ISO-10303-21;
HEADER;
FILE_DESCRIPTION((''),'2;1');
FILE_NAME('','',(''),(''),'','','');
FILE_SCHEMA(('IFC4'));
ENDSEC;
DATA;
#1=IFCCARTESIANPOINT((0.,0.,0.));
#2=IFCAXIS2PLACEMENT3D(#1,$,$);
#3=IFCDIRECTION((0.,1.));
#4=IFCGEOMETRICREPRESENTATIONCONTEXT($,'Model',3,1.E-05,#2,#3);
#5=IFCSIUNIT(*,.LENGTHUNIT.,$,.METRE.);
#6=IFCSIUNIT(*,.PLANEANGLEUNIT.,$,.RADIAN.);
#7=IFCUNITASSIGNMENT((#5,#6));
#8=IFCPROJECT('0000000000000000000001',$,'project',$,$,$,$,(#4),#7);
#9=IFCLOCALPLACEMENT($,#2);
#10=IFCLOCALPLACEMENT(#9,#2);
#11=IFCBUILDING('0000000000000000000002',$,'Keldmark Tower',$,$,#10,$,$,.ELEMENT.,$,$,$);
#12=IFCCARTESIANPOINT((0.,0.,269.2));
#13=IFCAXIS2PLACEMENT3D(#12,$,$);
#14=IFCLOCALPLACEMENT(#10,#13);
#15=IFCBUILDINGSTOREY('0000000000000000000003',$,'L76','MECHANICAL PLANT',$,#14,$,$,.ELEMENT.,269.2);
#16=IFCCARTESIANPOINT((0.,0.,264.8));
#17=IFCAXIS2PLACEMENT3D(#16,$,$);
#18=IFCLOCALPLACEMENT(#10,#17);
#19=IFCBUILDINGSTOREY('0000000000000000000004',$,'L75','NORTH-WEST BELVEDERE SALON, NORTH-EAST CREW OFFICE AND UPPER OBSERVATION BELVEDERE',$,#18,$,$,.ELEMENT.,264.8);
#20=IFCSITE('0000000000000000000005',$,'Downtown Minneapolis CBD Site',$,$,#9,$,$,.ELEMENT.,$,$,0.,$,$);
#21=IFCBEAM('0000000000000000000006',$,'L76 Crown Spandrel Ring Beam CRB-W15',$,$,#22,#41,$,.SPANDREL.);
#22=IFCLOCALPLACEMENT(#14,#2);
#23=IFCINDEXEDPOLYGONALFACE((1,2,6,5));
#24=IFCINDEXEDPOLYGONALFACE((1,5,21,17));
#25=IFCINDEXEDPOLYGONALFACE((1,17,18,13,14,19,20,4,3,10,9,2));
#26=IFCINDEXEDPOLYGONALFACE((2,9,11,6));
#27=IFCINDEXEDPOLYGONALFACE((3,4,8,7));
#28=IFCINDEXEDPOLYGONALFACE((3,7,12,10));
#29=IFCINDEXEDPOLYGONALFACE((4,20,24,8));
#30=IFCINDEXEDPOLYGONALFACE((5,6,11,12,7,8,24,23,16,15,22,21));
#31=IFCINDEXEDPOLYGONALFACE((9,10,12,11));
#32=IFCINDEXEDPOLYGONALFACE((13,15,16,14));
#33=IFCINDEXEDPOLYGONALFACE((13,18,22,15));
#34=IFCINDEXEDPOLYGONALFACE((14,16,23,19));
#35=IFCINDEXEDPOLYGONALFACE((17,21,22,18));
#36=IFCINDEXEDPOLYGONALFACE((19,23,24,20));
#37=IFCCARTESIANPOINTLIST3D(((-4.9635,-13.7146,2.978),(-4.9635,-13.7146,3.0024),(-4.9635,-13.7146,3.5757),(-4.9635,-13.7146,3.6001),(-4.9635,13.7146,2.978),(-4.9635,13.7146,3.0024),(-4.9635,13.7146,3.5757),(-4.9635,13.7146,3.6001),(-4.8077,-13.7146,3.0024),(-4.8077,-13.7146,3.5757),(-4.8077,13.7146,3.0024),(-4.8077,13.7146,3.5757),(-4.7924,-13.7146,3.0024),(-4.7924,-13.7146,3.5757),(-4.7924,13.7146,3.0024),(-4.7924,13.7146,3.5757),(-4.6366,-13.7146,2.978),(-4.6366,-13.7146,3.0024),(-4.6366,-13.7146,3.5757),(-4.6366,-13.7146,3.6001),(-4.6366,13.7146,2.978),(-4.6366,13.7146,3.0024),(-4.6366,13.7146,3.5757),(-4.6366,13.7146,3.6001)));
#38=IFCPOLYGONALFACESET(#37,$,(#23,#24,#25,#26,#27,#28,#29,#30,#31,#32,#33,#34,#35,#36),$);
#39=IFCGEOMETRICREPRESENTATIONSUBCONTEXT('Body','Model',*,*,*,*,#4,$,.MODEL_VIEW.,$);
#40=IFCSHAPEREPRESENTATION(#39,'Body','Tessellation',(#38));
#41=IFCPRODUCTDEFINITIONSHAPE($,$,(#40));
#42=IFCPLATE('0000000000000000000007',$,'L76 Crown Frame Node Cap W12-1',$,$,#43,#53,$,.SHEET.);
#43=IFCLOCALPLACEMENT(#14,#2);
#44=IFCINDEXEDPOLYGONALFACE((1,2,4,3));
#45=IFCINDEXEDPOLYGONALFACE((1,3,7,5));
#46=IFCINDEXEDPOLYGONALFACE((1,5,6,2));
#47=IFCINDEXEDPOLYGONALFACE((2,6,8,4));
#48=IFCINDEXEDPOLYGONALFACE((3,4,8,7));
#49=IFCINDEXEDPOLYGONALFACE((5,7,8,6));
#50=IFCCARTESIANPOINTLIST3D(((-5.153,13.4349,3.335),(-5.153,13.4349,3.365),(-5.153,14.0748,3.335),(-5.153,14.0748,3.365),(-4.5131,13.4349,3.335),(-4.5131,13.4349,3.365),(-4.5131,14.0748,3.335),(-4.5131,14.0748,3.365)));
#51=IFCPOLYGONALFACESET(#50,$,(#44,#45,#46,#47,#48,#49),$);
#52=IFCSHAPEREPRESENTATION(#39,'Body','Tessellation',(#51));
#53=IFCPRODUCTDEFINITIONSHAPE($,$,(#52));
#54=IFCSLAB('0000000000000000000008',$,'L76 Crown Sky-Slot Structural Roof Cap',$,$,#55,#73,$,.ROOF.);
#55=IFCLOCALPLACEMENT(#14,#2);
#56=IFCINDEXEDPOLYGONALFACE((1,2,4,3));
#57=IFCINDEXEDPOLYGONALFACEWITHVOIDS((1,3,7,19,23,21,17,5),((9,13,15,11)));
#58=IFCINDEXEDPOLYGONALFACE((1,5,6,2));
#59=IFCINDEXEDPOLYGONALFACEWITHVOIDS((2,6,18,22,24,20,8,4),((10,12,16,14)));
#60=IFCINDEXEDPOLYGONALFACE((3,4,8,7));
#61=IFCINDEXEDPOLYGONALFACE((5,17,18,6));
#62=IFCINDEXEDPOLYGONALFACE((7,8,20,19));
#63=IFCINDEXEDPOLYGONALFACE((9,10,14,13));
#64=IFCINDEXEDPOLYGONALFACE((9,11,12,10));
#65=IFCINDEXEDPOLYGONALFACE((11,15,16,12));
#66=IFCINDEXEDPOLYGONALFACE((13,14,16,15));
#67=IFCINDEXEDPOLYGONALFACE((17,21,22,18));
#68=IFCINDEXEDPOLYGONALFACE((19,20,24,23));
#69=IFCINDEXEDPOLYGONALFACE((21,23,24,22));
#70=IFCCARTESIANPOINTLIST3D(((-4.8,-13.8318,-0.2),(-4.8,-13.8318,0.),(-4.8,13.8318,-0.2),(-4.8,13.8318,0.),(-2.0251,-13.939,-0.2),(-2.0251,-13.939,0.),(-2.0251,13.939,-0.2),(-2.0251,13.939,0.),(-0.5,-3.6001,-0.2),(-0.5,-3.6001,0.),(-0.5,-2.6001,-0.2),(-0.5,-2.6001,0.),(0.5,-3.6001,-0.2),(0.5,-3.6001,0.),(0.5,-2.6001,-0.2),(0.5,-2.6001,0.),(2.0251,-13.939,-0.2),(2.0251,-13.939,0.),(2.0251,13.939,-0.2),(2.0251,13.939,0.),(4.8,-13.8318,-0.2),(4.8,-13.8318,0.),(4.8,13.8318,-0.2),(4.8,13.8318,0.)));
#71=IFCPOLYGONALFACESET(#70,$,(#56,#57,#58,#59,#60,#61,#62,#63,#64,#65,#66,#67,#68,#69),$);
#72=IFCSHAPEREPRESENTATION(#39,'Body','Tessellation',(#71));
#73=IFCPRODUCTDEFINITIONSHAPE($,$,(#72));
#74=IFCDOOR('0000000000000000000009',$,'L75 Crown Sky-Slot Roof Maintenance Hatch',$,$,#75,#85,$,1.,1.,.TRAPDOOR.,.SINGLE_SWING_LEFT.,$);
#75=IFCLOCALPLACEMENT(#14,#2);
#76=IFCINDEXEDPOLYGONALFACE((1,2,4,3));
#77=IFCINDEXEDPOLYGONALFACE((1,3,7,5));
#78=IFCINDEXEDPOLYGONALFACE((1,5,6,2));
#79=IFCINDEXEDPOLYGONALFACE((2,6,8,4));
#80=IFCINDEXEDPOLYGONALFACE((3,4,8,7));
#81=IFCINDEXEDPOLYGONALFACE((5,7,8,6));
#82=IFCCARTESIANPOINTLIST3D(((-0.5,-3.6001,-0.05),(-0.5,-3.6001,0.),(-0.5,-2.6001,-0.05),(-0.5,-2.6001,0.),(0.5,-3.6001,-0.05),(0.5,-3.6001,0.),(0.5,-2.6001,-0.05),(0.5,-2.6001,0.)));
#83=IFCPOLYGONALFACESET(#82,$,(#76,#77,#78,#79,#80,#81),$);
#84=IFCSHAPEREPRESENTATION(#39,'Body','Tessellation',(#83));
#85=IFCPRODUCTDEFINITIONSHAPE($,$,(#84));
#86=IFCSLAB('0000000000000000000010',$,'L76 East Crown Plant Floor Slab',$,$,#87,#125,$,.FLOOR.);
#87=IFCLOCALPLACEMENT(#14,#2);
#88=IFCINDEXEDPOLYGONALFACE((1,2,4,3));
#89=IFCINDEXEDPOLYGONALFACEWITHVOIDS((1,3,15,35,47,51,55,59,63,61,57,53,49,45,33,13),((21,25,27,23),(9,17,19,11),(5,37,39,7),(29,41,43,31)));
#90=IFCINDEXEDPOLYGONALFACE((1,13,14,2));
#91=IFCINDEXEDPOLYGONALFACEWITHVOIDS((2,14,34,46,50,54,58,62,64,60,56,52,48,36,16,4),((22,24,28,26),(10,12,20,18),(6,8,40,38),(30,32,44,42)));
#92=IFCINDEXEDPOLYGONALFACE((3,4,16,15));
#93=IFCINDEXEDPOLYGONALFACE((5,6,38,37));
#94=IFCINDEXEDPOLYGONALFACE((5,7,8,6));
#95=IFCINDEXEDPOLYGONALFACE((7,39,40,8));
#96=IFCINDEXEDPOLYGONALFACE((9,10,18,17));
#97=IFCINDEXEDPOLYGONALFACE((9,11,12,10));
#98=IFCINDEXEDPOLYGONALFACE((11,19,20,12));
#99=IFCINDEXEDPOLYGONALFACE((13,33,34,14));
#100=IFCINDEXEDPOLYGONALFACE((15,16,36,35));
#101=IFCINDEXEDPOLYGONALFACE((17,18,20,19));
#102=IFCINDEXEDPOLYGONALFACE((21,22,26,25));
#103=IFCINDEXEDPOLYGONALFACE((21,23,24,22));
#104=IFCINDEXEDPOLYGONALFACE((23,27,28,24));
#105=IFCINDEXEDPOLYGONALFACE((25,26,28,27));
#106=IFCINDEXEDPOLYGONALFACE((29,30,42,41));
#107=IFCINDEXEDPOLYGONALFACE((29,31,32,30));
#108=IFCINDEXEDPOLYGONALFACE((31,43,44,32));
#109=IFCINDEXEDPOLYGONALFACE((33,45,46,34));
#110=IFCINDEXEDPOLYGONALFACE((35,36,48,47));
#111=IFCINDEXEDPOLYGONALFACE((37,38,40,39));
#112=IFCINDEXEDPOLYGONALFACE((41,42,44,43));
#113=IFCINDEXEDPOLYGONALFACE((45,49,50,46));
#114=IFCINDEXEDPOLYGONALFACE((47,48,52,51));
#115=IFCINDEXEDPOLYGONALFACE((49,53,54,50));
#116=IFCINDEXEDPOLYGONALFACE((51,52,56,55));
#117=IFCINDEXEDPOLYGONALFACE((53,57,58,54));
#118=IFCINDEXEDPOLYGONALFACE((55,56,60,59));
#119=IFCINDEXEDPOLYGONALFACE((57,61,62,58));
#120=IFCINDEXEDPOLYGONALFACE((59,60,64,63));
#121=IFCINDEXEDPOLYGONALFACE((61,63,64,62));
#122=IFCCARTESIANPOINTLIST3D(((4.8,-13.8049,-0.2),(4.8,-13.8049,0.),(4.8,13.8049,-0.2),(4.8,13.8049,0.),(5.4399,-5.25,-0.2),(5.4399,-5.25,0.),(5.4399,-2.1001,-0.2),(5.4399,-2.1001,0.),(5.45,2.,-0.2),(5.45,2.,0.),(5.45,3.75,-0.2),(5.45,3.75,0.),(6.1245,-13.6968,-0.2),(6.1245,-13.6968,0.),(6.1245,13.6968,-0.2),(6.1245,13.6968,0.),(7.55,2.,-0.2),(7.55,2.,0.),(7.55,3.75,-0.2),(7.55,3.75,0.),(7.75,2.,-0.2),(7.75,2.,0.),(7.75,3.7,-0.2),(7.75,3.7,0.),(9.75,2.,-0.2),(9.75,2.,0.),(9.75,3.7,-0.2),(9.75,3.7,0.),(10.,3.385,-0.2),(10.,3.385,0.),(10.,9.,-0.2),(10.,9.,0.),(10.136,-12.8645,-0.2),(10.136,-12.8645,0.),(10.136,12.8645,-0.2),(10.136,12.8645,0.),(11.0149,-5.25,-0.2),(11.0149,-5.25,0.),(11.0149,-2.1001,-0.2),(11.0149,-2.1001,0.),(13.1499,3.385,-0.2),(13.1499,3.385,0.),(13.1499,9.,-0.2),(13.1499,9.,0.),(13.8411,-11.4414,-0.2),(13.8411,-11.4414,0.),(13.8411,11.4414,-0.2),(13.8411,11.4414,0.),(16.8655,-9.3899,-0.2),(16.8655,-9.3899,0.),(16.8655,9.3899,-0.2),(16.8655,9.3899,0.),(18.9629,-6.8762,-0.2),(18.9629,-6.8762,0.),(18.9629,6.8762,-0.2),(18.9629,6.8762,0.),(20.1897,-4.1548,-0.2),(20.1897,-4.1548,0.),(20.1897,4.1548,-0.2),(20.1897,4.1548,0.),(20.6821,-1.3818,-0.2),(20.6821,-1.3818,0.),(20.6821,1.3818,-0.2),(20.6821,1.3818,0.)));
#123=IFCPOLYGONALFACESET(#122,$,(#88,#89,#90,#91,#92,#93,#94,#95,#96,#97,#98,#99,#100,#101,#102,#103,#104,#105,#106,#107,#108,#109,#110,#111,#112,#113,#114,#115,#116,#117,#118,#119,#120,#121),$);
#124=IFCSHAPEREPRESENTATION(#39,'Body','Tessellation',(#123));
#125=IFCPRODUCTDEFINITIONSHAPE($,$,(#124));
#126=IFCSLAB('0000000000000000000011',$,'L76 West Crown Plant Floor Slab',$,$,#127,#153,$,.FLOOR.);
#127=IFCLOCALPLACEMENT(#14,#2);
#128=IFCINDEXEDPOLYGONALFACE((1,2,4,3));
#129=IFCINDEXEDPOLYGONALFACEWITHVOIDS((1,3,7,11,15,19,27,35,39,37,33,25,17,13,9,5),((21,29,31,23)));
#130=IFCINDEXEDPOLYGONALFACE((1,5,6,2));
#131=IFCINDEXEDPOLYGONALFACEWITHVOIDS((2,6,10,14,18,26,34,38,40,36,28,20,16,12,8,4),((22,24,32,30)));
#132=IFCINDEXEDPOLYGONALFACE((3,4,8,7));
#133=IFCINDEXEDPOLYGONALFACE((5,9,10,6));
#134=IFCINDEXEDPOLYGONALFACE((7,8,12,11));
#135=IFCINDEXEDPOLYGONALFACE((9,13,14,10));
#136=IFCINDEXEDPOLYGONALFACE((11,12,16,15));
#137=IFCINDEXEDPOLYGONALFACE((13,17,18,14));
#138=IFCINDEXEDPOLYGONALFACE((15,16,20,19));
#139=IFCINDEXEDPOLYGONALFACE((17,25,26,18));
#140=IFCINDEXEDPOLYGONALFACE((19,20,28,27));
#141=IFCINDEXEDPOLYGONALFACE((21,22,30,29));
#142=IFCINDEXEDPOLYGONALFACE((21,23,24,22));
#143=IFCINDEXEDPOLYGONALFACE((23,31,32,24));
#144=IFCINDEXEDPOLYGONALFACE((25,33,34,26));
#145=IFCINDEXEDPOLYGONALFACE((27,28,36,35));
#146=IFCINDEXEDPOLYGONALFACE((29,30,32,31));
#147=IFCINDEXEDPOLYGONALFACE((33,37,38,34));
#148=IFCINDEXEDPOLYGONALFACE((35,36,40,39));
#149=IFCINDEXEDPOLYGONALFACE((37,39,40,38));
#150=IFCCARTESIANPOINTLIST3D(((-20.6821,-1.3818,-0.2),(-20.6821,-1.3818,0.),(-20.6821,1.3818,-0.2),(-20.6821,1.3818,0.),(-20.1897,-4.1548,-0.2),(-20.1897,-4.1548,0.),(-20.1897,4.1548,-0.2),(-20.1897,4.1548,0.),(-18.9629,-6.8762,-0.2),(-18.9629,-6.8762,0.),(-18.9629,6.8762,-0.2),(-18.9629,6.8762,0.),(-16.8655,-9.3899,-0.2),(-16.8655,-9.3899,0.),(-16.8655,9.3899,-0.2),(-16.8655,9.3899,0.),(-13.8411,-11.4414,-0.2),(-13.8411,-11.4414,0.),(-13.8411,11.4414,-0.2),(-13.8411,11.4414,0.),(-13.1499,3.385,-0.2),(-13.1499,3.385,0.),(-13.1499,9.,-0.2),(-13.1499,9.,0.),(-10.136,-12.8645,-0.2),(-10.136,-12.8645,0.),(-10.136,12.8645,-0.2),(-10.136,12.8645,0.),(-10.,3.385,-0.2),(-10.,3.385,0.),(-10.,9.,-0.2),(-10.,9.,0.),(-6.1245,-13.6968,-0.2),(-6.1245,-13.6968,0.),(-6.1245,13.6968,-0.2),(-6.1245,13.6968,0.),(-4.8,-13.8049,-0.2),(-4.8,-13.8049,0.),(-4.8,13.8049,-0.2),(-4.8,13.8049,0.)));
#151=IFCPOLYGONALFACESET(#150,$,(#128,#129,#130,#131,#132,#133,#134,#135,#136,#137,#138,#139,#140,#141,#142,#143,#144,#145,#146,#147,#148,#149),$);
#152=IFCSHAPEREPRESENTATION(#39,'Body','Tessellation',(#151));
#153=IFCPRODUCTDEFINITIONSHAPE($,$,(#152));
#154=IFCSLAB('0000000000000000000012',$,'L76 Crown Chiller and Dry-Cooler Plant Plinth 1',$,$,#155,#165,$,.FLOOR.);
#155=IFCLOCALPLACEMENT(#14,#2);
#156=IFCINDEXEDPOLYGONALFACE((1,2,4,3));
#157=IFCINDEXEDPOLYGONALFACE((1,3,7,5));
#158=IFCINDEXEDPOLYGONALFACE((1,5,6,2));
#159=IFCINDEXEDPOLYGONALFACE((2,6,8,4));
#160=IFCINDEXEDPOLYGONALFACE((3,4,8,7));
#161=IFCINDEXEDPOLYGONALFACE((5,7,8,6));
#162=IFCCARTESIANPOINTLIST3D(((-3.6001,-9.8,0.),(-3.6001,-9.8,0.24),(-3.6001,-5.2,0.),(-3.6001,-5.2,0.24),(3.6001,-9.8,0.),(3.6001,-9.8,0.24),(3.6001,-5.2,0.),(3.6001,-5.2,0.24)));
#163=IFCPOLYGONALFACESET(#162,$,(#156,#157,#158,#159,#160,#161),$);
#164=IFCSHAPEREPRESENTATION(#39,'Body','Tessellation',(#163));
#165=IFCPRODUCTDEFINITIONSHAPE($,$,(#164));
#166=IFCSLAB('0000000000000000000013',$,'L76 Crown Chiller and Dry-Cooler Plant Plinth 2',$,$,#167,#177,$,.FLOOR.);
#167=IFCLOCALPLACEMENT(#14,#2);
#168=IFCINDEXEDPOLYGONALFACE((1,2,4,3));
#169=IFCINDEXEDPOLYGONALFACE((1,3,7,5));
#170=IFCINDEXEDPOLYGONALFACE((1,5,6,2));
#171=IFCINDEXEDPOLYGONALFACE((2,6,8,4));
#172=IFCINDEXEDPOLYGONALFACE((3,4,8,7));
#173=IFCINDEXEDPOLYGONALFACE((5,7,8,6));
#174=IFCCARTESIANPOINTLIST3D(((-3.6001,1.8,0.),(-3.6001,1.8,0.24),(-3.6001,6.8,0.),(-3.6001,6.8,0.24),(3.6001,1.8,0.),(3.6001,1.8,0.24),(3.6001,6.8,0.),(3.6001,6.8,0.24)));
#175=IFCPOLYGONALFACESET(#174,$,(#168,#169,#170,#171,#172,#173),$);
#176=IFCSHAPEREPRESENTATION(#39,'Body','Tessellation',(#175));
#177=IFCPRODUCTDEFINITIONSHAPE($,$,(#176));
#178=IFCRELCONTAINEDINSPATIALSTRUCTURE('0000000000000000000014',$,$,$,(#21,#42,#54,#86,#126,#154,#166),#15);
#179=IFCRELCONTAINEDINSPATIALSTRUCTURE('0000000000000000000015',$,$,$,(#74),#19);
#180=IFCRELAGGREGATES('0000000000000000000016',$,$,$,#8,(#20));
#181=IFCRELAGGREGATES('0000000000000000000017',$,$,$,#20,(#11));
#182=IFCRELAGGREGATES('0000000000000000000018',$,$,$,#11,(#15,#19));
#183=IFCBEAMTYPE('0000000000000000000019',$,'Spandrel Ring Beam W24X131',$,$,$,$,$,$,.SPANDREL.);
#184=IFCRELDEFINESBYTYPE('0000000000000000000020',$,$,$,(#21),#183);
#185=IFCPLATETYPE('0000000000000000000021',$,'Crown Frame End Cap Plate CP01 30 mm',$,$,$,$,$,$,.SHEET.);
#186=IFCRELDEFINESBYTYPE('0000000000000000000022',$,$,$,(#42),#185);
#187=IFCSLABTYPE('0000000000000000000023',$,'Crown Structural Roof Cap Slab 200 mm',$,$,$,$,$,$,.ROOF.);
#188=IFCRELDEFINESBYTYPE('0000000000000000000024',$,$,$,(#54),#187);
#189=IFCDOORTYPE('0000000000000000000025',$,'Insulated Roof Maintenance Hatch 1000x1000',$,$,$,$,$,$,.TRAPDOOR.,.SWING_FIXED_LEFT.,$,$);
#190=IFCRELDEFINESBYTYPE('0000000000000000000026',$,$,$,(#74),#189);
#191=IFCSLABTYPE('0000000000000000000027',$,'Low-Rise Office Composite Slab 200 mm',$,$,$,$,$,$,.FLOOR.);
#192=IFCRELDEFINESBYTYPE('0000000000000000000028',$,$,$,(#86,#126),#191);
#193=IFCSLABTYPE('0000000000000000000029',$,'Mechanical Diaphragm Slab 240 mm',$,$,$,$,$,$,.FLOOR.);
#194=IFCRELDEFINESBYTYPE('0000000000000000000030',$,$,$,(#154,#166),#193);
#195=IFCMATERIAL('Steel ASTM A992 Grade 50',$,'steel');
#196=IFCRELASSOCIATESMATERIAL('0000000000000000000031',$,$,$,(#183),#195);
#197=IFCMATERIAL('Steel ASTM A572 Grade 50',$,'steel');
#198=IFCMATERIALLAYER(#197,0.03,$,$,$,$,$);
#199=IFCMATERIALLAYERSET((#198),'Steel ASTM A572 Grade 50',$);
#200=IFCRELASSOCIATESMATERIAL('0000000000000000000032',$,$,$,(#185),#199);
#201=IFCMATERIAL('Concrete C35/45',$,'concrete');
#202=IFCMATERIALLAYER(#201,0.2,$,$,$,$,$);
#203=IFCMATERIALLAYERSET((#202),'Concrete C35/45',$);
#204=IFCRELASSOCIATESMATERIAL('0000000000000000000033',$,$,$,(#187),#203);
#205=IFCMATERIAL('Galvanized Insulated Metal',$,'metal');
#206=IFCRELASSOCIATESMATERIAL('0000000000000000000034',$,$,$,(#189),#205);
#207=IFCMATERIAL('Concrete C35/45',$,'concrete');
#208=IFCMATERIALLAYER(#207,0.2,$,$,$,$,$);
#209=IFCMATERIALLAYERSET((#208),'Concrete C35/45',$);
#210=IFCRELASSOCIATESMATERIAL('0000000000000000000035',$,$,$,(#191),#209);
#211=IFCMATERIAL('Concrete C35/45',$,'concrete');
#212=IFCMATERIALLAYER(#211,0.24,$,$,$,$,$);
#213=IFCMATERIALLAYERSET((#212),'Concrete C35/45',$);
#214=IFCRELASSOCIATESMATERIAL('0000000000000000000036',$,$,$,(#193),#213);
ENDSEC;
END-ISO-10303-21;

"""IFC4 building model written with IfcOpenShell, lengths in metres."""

from ifc_helpers import new_model, si_unit, direction, frame, origin, origin_2d, place, context, subcontext, project, spatial, polyline, rectangle, i_section, outline, extrude, material, layer, layer_set, material_profile, profile_set, type_object, element, fill, save


model = new_model("IFC4")

# Units and contexts
model_context = context("Model", 3, precision=1e-05, world=origin(), true_north=direction((0.0, 1.0)))
body_context = subcontext(model_context, "Body", "Model", "MODEL_VIEW")
ifc_project = project(units=[si_unit("LENGTHUNIT", "METRE"), si_unit("PLANEANGLEUNIT", "RADIAN")], contexts=[model_context])

# Site, building, storey
site_placement = place(None, origin())
site = spatial("IfcSite", under=ifc_project, at=site_placement, Name="Downtown Minneapolis CBD Site", CompositionType="ELEMENT", RefElevation=0.0)
building_placement = place(site_placement, origin())
building = spatial("IfcBuilding", under=site, at=building_placement, Name="Keldmark Tower", CompositionType="ELEMENT")
storey_1_placement = place(building_placement, frame((0.0, 0.0, 269.2)))
storey_1 = spatial("IfcBuildingStorey", under=building, at=storey_1_placement, Name="L76", Description="MECHANICAL PLANT", CompositionType="ELEMENT", Elevation=269.2)

# Beam
ifc_material_1 = material(Name="Steel ASTM A992 Grade 50", Category="steel")
ifc_material_profile_1 = material_profile(ifc_material_1, i_section(OverallWidth=0.3269, OverallDepth=0.6221, WebThickness=0.0154, FlangeThickness=0.0244, at=origin_2d()), Name="W24X131")
ifc_profile_set_1 = profile_set([ifc_material_profile_1], Name="Steel ASTM A992 Grade 50")
beam_type_1 = type_object("IfcBeamType", Name="Spandrel Ring Beam W24X131", PredefinedType="SPANDREL", material=ifc_profile_set_1)
beam_1_placement = place(storey_1_placement, frame((-4.8, 13.7146, 3.2891), z_axis=(0.0, -1.0, 0.0), x_axis=(1.0, 0.0, 0.0)))
element("IfcBeam", 1, at=beam_1_placement, inside=storey_1, type_object=beam_type_1, Name="L76 Crown Spandrel Ring Beam CRB-W15", PredefinedType="SPANDREL", context=body_context, shape_type="SweptSolid", body=[
    extrude(i_section(OverallWidth=0.3269, OverallDepth=0.6221, WebThickness=0.0154, FlangeThickness=0.0244, at=origin_2d()), origin(), (0.0, 0.0, 1.0), 27.4292),
])

# Plate
ifc_material_2 = material(Name="Steel ASTM A572 Grade 50", Category="steel")
ifc_layer_1 = layer(ifc_material_2, 0.03)
ifc_layer_set_1 = layer_set([ifc_layer_1], Name="Steel ASTM A572 Grade 50")
plate_type_1 = type_object("IfcPlateType", Name="Crown Frame End Cap Plate CP01 30 mm", PredefinedType="SHEET", material=ifc_layer_set_1)
plate_1_placement = place(storey_1_placement, frame((-4.833, 13.7549, 3.335), z_axis=(0.0, 0.0, 1.0), x_axis=(1.0, 0.0, 0.0)))
element("IfcPlate", 2, at=plate_1_placement, inside=storey_1, type_object=plate_type_1, Name="L76 Crown Frame Node Cap W12-1", PredefinedType="SHEET", context=body_context, shape_type="SweptSolid", body=[
    extrude(rectangle(XDim=0.6399, YDim=0.6399, at=origin_2d()), origin(), (0.0, 0.0, 1.0), 0.03),
])

# Slab, opening
ifc_material_3 = material(Name="Concrete C35/45", Category="concrete")
ifc_layer_2 = layer(ifc_material_3, 0.2)
ifc_layer_set_2 = layer_set([ifc_layer_2], Name="Concrete C35/45")
slab_type_1 = type_object("IfcSlabType", Name="Crown Structural Roof Cap Slab 200 mm", PredefinedType="ROOF", material=ifc_layer_set_2)
slab_1_placement = place(storey_1_placement, frame((0.0, 0.0, -0.2)))
slab_1 = element("IfcSlab", 3, at=slab_1_placement, inside=storey_1, type_object=slab_type_1, Name="L76 Crown Sky-Slot Structural Roof Cap", PredefinedType="ROOF", context=body_context, shape_type="SweptSolid", body=[
    extrude(outline(polyline([(-2.0251, 13.939), (2.0251, 13.939), (4.8, 13.8318), (4.8, -13.8318), (2.0251, -13.939), (-2.0251, -13.939), (-4.8, -13.8318), (-4.8, 13.8318), (-2.0251, 13.939)])), origin(), (0.0, 0.0, 1.0), 0.2),
])
opening_1_placement = place(slab_1_placement, frame((0.0, -3.1001, 0.0)))
opening_1 = element("IfcOpeningElement", 4, at=opening_1_placement, cuts=slab_1, PredefinedType="OPENING", context=body_context, shape_type="SweptSolid", body=[
    extrude(rectangle(XDim=1.0, YDim=1.0, at=origin_2d()), origin(), (0.0, 0.0, 1.0), 0.2),
])

# Shared definitions
storey_2_placement = place(building_placement, frame((0.0, 0.0, 264.8)))
storey_2 = spatial("IfcBuildingStorey", under=building, at=storey_2_placement, Name="L75", Description="NORTH-WEST BELVEDERE SALON, NORTH-EAST CREW OFFICE AND UPPER OBSERVATION BELVEDERE", CompositionType="ELEMENT", Elevation=264.8)

# Door
ifc_material_4 = material(Name="Galvanized Insulated Metal", Category="metal")
door_type_1 = type_object("IfcDoorType", Name="Insulated Roof Maintenance Hatch 1000x1000", OperationType="SWING_FIXED_LEFT", PredefinedType="TRAPDOOR", material=ifc_material_4)
door_1_placement = place(opening_1_placement, frame((0.0, 0.0, 0.1499)))
door_1 = element("IfcDoor", 5, at=door_1_placement, inside=storey_2, type_object=door_type_1, Name="L75 Crown Sky-Slot Roof Maintenance Hatch", OperationType="SINGLE_SWING_LEFT", OverallHeight=1.0, OverallWidth=1.0, PredefinedType="TRAPDOOR", context=body_context, shape_type="SweptSolid", body=[
    extrude(rectangle(XDim=1.0, YDim=1.0, at=origin_2d()), origin(), (0.0, 0.0, 1.0), 0.05),
])
fill(opening_1, door_1)

# Slabs
ifc_material_5 = material(Name="Concrete C35/45", Category="concrete")
ifc_layer_3 = layer(ifc_material_5, 0.2)
ifc_layer_set_3 = layer_set([ifc_layer_3], Name="Concrete C35/45")
slab_type_2 = type_object("IfcSlabType", Name="Low-Rise Office Composite Slab 200 mm", PredefinedType="FLOOR", material=ifc_layer_set_3)
slab_2_placement = place(storey_1_placement, frame((0.0, 0.0, -0.2)))
element("IfcSlab", 6, at=slab_2_placement, inside=storey_1, type_object=slab_type_2, Name="L76 East Crown Plant Floor Slab", PredefinedType="FLOOR", context=body_context, shape_type="SweptSolid", body=[
    extrude(outline(polyline([(6.1245, 13.6968), (10.136, 12.8645), (13.8411, 11.4414), (16.8655, 9.3899), (18.9629, 6.8762), (20.1897, 4.1548), (20.6821, 1.3818), (20.6821, -1.3818), (20.1897, -4.1548), (18.9629, -6.8762), (16.8655, -9.3899), (13.8411, -11.4414), (10.136, -12.8645), (6.1245, -13.6968), (4.8, -13.8049), (4.8, 13.8049), (6.1245, 13.6968)]), holes=[polyline([(13.1499, 3.385), (13.1499, 9.0), (10.0, 9.0), (10.0, 3.385), (13.1499, 3.385)]), polyline([(11.0149, -2.1001), (5.4399, -2.1001), (5.4399, -5.25), (11.0149, -5.25), (11.0149, -2.1001)]), polyline([(7.75, 2.0), (9.75, 2.0), (9.75, 3.7), (7.75, 3.7), (7.75, 2.0)]), polyline([(5.45, 2.0), (7.55, 2.0), (7.55, 3.75), (5.45, 3.75), (5.45, 2.0)])]), origin(), (0.0, 0.0, 1.0), 0.2),
])
slab_3_placement = place(storey_1_placement, frame((0.0, 0.0, -0.2)))
element("IfcSlab", 7, at=slab_3_placement, inside=storey_1, type_object=slab_type_2, Name="L76 West Crown Plant Floor Slab", PredefinedType="FLOOR", context=body_context, shape_type="SweptSolid", body=[
    extrude(outline(polyline([(-6.1245, -13.6968), (-10.136, -12.8645), (-13.8411, -11.4414), (-16.8655, -9.3899), (-18.9629, -6.8762), (-20.1897, -4.1548), (-20.6821, -1.3818), (-20.6821, 1.3818), (-20.1897, 4.1548), (-18.9629, 6.8762), (-16.8655, 9.3899), (-13.8411, 11.4414), (-10.136, 12.8645), (-6.1245, 13.6968), (-4.8, 13.8049), (-4.8, -13.8049), (-6.1245, -13.6968)]), holes=[polyline([(-10.0, 3.385), (-10.0, 9.0), (-13.1499, 9.0), (-13.1499, 3.385), (-10.0, 3.385)])]), origin(), (0.0, 0.0, 1.0), 0.2),
])
ifc_material_6 = material(Name="Concrete C35/45", Category="concrete")
ifc_layer_4 = layer(ifc_material_6, 0.24)
ifc_layer_set_4 = layer_set([ifc_layer_4], Name="Concrete C35/45")
slab_type_3 = type_object("IfcSlabType", Name="Mechanical Diaphragm Slab 240 mm", PredefinedType="FLOOR", material=ifc_layer_set_4)
slab_4_placement = place(storey_1_placement, origin())
element("IfcSlab", 8, at=slab_4_placement, inside=storey_1, type_object=slab_type_3, Name="L76 Crown Chiller and Dry-Cooler Plant Plinth 1", PredefinedType="FLOOR", context=body_context, shape_type="SweptSolid", body=[
    extrude(outline(polyline([(-3.6001, -9.8), (3.6001, -9.8), (3.6001, -5.2), (-3.6001, -5.2), (-3.6001, -9.8)])), origin(), (0.0, 0.0, 1.0), 0.24),
])
slab_5_placement = place(storey_1_placement, origin())
element("IfcSlab", 9, at=slab_5_placement, inside=storey_1, type_object=slab_type_3, Name="L76 Crown Chiller and Dry-Cooler Plant Plinth 2", PredefinedType="FLOOR", context=body_context, shape_type="SweptSolid", body=[
    extrude(outline(polyline([(-3.6001, 1.8), (3.6001, 1.8), (3.6001, 6.8), (-3.6001, 6.8), (-3.6001, 1.8)])), origin(), (0.0, 0.0, 1.0), 0.24),
])

save(model, "model.ifc")
